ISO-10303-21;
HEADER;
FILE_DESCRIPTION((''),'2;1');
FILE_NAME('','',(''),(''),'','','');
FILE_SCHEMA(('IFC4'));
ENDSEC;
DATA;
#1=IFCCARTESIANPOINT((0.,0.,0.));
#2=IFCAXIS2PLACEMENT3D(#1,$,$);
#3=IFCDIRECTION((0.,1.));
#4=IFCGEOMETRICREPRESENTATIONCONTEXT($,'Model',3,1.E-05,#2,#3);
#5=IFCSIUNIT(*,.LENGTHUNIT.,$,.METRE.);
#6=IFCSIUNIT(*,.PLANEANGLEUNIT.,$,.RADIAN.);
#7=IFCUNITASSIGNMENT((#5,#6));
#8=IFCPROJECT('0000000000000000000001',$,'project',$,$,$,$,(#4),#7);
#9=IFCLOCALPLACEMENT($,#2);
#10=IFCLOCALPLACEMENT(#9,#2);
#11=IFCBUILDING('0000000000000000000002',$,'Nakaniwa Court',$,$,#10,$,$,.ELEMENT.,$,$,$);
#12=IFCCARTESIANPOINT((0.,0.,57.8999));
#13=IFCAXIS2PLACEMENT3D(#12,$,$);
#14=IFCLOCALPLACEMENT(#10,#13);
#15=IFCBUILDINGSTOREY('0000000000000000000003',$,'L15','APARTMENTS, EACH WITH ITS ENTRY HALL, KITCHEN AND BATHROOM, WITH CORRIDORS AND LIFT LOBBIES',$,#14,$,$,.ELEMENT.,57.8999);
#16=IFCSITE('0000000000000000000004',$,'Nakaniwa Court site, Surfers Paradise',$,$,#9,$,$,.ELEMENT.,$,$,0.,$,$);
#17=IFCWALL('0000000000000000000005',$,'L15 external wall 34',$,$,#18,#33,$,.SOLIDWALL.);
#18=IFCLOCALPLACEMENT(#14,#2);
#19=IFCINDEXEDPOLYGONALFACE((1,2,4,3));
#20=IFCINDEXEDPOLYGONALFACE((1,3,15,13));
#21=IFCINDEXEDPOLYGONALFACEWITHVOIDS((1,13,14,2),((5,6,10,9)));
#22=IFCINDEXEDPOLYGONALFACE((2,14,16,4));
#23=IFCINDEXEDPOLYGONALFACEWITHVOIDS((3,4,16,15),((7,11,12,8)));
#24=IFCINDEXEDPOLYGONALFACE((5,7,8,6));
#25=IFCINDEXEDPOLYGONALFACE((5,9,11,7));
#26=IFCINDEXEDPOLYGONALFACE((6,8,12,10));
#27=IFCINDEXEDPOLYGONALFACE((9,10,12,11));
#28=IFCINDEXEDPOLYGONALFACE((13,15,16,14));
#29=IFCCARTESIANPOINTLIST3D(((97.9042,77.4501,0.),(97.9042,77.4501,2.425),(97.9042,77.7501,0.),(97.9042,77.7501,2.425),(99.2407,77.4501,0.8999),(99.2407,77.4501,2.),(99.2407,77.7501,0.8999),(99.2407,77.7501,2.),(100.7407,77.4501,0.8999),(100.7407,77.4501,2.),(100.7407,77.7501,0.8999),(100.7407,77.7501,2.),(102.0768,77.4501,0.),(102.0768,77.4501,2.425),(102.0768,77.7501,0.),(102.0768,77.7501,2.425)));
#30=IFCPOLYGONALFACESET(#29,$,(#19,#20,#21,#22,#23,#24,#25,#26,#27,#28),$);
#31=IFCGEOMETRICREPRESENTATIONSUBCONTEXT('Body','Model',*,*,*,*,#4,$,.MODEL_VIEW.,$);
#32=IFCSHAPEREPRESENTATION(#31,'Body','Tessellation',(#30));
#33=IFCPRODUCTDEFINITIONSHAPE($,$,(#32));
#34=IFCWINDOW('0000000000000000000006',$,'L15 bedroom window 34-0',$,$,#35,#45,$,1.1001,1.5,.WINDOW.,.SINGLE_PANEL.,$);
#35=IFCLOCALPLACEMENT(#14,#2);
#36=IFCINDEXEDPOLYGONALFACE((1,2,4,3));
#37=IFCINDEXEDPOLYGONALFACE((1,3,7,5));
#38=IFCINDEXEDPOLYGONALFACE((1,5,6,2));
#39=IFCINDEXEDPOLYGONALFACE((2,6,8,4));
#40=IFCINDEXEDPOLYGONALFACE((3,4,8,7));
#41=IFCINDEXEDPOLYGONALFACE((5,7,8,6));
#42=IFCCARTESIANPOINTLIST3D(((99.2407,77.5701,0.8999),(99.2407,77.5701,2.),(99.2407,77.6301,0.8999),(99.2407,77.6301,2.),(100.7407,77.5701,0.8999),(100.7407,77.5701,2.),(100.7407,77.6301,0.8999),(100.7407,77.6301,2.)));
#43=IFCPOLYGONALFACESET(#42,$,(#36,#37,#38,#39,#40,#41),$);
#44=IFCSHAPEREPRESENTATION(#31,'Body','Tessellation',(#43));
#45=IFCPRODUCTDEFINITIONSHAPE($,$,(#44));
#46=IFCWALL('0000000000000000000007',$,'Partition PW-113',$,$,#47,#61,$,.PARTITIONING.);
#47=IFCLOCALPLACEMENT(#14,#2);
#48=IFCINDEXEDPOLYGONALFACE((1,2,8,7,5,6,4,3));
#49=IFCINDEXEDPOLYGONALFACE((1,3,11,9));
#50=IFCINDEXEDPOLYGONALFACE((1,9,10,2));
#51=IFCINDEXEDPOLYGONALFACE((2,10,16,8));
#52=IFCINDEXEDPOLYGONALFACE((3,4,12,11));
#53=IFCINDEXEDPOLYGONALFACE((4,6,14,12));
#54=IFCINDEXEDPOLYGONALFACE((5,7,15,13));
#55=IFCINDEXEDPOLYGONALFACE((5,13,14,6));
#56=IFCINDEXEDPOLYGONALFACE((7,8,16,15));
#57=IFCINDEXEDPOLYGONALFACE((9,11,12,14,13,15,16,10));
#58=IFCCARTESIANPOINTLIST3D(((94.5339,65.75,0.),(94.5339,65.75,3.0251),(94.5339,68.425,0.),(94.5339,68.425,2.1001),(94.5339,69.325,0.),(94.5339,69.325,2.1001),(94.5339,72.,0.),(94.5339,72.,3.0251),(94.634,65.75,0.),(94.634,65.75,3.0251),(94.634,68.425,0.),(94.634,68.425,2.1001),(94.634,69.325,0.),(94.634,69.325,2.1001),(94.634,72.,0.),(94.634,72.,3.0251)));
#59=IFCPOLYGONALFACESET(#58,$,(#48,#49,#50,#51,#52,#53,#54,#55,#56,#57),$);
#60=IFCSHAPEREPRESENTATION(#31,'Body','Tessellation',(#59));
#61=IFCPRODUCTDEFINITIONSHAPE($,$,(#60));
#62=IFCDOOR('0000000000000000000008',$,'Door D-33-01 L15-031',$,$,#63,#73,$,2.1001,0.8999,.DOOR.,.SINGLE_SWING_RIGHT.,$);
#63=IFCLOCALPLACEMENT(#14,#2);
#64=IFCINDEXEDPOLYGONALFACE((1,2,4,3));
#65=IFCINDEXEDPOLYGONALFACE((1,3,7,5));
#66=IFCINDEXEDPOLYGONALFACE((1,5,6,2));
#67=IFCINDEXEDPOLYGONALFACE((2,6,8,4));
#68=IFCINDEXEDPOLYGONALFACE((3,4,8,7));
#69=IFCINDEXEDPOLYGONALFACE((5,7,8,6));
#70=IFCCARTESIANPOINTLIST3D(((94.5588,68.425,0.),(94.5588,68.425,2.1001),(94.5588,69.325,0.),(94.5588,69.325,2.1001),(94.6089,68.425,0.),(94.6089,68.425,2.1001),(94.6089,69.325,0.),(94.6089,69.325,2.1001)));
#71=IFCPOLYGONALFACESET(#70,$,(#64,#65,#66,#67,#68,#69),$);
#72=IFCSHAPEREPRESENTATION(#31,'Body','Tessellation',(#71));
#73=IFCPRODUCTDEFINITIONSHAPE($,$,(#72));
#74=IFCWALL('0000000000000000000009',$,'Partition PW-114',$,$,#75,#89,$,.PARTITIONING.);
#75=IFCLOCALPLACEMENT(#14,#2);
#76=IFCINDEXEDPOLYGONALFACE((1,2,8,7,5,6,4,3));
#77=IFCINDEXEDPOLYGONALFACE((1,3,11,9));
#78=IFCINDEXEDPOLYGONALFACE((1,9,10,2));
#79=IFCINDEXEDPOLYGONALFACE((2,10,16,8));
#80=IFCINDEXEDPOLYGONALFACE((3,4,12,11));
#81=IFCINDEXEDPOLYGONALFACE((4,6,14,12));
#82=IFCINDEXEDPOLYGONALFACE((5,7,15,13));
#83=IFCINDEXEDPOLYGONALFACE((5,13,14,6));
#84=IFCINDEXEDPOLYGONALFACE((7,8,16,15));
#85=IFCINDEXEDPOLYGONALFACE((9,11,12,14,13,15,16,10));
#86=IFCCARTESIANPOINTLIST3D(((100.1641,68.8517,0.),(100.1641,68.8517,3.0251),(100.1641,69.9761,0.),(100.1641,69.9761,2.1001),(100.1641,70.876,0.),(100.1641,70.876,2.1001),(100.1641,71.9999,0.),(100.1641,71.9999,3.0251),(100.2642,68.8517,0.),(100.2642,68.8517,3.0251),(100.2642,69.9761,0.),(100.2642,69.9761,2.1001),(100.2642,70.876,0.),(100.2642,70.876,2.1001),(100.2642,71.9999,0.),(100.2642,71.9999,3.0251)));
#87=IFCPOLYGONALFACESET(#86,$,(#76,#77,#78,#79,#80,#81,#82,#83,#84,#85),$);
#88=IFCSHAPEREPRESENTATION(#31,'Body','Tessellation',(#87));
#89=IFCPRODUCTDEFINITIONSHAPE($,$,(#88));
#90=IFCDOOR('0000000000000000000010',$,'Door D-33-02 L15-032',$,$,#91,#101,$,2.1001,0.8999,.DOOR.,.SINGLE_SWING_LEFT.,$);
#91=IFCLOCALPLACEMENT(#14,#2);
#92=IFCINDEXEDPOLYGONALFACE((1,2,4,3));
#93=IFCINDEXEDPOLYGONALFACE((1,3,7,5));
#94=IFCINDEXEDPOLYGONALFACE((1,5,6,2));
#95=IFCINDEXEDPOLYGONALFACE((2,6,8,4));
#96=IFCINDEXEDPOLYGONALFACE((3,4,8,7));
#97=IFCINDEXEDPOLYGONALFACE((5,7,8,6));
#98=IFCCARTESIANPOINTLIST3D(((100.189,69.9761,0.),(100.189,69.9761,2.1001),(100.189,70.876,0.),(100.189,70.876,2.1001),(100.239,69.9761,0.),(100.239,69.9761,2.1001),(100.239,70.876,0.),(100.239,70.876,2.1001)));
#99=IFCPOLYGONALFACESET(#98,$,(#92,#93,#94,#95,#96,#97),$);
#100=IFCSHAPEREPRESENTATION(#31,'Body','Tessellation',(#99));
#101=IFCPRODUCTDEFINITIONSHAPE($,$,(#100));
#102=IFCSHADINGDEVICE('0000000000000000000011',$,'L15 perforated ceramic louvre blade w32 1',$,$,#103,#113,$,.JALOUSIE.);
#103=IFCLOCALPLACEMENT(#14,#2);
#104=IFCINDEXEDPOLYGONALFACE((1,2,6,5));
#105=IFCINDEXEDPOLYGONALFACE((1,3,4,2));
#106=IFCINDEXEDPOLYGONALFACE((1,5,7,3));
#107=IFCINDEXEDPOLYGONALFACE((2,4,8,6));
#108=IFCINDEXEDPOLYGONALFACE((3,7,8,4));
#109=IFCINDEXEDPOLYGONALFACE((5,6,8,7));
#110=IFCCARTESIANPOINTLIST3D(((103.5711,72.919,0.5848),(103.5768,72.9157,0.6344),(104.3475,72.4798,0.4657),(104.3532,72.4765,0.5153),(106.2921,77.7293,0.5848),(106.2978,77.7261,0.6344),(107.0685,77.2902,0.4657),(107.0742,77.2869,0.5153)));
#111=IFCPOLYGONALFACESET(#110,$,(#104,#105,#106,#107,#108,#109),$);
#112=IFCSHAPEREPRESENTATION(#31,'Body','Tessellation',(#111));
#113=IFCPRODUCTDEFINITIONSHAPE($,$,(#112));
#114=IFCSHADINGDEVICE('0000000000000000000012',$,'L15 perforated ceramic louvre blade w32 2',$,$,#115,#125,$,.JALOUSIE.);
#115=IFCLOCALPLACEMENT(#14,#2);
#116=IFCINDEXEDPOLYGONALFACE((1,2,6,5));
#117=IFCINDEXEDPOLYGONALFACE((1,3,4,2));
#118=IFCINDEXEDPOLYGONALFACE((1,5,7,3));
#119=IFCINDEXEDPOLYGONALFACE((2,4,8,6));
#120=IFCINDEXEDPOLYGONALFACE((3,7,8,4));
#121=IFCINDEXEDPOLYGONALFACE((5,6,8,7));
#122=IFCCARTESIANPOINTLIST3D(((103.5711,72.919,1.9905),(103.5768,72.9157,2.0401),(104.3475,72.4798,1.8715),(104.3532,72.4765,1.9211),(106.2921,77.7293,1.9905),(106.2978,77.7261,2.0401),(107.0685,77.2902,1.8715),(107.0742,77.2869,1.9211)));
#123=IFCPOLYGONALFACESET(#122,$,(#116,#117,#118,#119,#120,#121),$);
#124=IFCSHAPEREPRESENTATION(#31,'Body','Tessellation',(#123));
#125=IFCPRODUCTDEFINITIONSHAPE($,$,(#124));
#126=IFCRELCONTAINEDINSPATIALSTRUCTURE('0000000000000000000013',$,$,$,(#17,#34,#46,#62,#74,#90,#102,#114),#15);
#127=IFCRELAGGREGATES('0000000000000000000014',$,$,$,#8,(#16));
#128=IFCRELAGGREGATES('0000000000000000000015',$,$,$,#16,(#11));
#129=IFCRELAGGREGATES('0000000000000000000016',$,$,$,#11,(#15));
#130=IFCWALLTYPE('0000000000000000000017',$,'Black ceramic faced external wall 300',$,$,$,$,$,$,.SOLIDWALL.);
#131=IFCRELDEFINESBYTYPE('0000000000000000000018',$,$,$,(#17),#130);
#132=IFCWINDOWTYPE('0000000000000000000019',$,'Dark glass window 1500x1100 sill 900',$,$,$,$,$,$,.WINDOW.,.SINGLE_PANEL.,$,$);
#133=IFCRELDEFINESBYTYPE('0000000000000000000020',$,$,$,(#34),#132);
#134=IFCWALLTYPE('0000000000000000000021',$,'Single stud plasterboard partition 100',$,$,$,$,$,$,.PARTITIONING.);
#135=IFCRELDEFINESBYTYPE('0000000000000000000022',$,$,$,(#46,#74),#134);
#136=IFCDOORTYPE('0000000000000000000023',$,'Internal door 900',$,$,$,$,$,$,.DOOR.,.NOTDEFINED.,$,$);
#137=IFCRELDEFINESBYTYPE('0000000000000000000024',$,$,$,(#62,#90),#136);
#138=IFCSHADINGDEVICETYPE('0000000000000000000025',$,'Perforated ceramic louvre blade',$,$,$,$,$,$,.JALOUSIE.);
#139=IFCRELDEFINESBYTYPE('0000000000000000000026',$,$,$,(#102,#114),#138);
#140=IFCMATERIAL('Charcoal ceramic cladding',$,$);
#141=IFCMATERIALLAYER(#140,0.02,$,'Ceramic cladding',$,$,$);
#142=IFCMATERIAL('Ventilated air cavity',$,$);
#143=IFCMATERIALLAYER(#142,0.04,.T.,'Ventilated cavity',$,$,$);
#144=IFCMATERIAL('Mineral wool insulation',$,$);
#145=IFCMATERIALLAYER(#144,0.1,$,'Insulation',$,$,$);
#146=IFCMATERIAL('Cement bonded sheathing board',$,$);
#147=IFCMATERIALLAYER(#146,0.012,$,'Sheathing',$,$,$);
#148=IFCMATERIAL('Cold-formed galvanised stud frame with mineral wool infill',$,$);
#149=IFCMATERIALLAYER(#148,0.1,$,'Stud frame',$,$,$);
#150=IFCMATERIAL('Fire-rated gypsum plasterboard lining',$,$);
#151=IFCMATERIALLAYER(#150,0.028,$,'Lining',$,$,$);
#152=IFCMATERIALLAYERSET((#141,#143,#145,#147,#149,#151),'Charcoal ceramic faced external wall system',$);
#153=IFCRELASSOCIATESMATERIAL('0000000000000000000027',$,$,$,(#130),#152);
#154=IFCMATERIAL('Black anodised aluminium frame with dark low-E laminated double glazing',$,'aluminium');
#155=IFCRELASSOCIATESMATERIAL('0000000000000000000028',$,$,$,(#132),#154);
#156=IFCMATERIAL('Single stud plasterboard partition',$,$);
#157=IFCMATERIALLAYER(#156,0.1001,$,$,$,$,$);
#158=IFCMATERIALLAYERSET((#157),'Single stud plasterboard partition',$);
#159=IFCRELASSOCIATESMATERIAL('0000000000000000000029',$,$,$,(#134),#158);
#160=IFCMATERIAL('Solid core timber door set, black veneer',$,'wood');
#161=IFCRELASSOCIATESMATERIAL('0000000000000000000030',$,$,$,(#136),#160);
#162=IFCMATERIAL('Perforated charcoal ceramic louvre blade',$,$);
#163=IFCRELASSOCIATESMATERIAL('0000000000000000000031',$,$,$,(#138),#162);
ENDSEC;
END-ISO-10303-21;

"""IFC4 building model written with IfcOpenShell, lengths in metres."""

from ifc_helpers import new_model, si_unit, direction, frame, frame_2d, origin, origin_2d, place, context, subcontext, project, spatial, rectangle, extrude, material, layer, layer_set, material_profile, profile_set, type_object, element, fill, save


model = new_model("IFC4")

# Units and contexts
model_context = context("Model", 3, precision=1e-05, world=origin(), true_north=direction((0.0, 1.0)))
body_context = subcontext(model_context, "Body", "Model", "MODEL_VIEW")
ifc_project = project(units=[si_unit("LENGTHUNIT", "METRE"), si_unit("PLANEANGLEUNIT", "RADIAN")], contexts=[model_context])

# Site, building, storey
site_placement = place(None, origin())
site = spatial("IfcSite", under=ifc_project, at=site_placement, Name="Nakaniwa Court site, Surfers Paradise", CompositionType="ELEMENT", RefElevation=0.0)
building_placement = place(site_placement, origin())
building = spatial("IfcBuilding", under=site, at=building_placement, Name="Nakaniwa Court", CompositionType="ELEMENT")
storey_placement = place(building_placement, frame((0.0, 0.0, 57.8999)))
storey = spatial("IfcBuildingStorey", under=building, at=storey_placement, Name="L15", Description="APARTMENTS, EACH WITH ITS ENTRY HALL, KITCHEN AND BATHROOM, WITH CORRIDORS AND LIFT LOBBIES", CompositionType="ELEMENT", Elevation=57.8999)

# Shared definitions
ifc_material_1 = material(Name="Charcoal ceramic cladding")
ifc_layer_1 = layer(ifc_material_1, 0.02, Name="Ceramic cladding")
ifc_material_2 = material(Name="Ventilated air cavity")
ifc_layer_2 = layer(ifc_material_2, 0.04, ventilated=True, Name="Ventilated cavity")
ifc_material_3 = material(Name="Mineral wool insulation")
ifc_layer_3 = layer(ifc_material_3, 0.1, Name="Insulation")
ifc_material_4 = material(Name="Cement bonded sheathing board")
ifc_layer_4 = layer(ifc_material_4, 0.012, Name="Sheathing")
ifc_material_5 = material(Name="Cold-formed galvanised stud frame with mineral wool infill")
ifc_layer_5 = layer(ifc_material_5, 0.1, Name="Stud frame")
ifc_material_6 = material(Name="Fire-rated gypsum plasterboard lining")
ifc_layer_6 = layer(ifc_material_6, 0.028, Name="Lining")
ifc_layer_set_1 = layer_set([ifc_layer_1, ifc_layer_2, ifc_layer_3, ifc_layer_4, ifc_layer_5, ifc_layer_6], Name="Charcoal ceramic faced external wall system")
wall_type_1 = type_object("IfcWallType", Name="Black ceramic faced external wall 300", PredefinedType="SOLIDWALL", material=ifc_layer_set_1)
ifc_material_7 = material(Name="Black anodised aluminium frame with dark low-E laminated double glazing", Category="aluminium")
window_type = type_object("IfcWindowType", Name="Dark glass window 1500x1100 sill 900", PartitioningType="SINGLE_PANEL", PredefinedType="WINDOW", material=ifc_material_7)

# Wall, opening, window
wall_1_placement = place(storey_placement, frame((102.0769, 77.6001, 0.0), z_axis=(0.0, 0.0, 1.0), x_axis=(-1.0, 0.0, 0.0)))
wall_1 = element("IfcWall", 1, at=wall_1_placement, inside=storey, type_object=wall_type_1, Name="L15 external wall 34", PredefinedType="SOLIDWALL", context=body_context, shape_type="SweptSolid", body=[
    extrude(rectangle(XDim=4.1726, YDim=0.3, at=frame_2d((2.0864, 0.0))), origin(), (0.0, 0.0, 1.0), 2.425),
])
opening_1_placement = place(wall_1_placement, frame((1.3362, 0.0, 0.8999)))
opening_1 = element("IfcOpeningElement", 2, at=opening_1_placement, cuts=wall_1, PredefinedType="OPENING", context=body_context, shape_type="SweptSolid", body=[
    extrude(rectangle(XDim=1.5, YDim=1.1001, at=frame_2d((0.75, 0.55))), frame((0.0, 0.1599, 0.0), z_axis=(0.0, -1.0, 0.0), x_axis=(1.0, 0.0, 0.0)), (0.0, 0.0, 1.0), 0.3201),
])
window_1_placement = place(opening_1_placement, origin())
window_1 = element("IfcWindow", 3, at=window_1_placement, inside=storey, type_object=window_type, Name="L15 bedroom window 34-0", OverallHeight=1.1001, OverallWidth=1.5, PartitioningType="SINGLE_PANEL", PredefinedType="WINDOW", context=body_context, shape_type="SweptSolid", body=[
    extrude(rectangle(XDim=1.5, YDim=1.1001, at=frame_2d((0.75, 0.55))), frame((0.0, 0.03, 0.0), z_axis=(0.0, -1.0, 0.0), x_axis=(1.0, 0.0, 0.0)), (0.0, 0.0, 1.0), 0.0601),
])
fill(opening_1, window_1)

# Walls, openings, doors
ifc_material_8 = material(Name="Single stud plasterboard partition")
ifc_layer_7 = layer(ifc_material_8, 0.1001)
ifc_layer_set_2 = layer_set([ifc_layer_7], Name="Single stud plasterboard partition")
wall_type_2 = type_object("IfcWallType", Name="Single stud plasterboard partition 100", PredefinedType="PARTITIONING", material=ifc_layer_set_2)
wall_2_placement = place(storey_placement, frame((94.584, 72.0, 0.0), z_axis=(0.0, 0.0, 1.0), x_axis=(0.0, -1.0, 0.0)))
wall_2 = element("IfcWall", 4, at=wall_2_placement, inside=storey, type_object=wall_type_2, Name="Partition PW-113", PredefinedType="PARTITIONING", context=body_context, shape_type="SweptSolid", body=[
    extrude(rectangle(XDim=6.25, YDim=0.1001, at=frame_2d((3.125, 0.0))), origin(), (0.0, 0.0, 1.0), 3.0251),
])
opening_2_placement = place(wall_2_placement, frame((2.675, 0.0, 0.0)))
opening_2 = element("IfcOpeningElement", 5, at=opening_2_placement, cuts=wall_2, PredefinedType="OPENING", context=body_context, shape_type="SweptSolid", body=[
    extrude(rectangle(XDim=0.8999, YDim=2.1001, at=frame_2d((0.45, 1.05))), frame((0.0, 0.0601, 0.0), z_axis=(0.0, -1.0, 0.0), x_axis=(1.0, 0.0, 0.0)), (0.0, 0.0, 1.0), 0.1201),
])
ifc_material_9 = material(Name="Solid core timber door set, black veneer", Category="wood")
door_type = type_object("IfcDoorType", Name="Internal door 900", OperationType="NOTDEFINED", PredefinedType="DOOR", material=ifc_material_9)
door_1_placement = place(opening_2_placement, origin())
door_1 = element("IfcDoor", 6, at=door_1_placement, inside=storey, type_object=door_type, Name="Door D-33-01 L15-031", OperationType="SINGLE_SWING_RIGHT", OverallHeight=2.1001, OverallWidth=0.8999, PredefinedType="DOOR", context=body_context, shape_type="SweptSolid", body=[
    extrude(rectangle(XDim=0.8999, YDim=2.1001, at=frame_2d((0.45, 1.05))), frame((0.0, 0.0249, 0.0), z_axis=(0.0, -1.0, 0.0), x_axis=(1.0, 0.0, 0.0)), (0.0, 0.0, 1.0), 0.05),
])
fill(opening_2, door_1)
wall_3_placement = place(storey_placement, frame((100.2141, 72.0, 0.0), z_axis=(0.0, 0.0, 1.0), x_axis=(0.0, -1.0, 0.0)))
wall_3 = element("IfcWall", 7, at=wall_3_placement, inside=storey, type_object=wall_type_2, Name="Partition PW-114", PredefinedType="PARTITIONING", context=body_context, shape_type="SweptSolid", body=[
    extrude(rectangle(XDim=3.1482, YDim=0.1001, at=frame_2d((1.5742, 0.0))), origin(), (0.0, 0.0, 1.0), 3.0251),
])
opening_3_placement = place(wall_3_placement, frame((1.124, 0.0, 0.0)))
opening_3 = element("IfcOpeningElement", 8, at=opening_3_placement, cuts=wall_3, PredefinedType="OPENING", context=body_context, shape_type="SweptSolid", body=[
    extrude(rectangle(XDim=0.8999, YDim=2.1001, at=frame_2d((0.45, 1.05))), frame((0.0, 0.0601, 0.0), z_axis=(0.0, -1.0, 0.0), x_axis=(1.0, 0.0, 0.0)), (0.0, 0.0, 1.0), 0.1201),
])
door_2_placement = place(opening_3_placement, origin())
door_2 = element("IfcDoor", 9, at=door_2_placement, inside=storey, type_object=door_type, Name="Door D-33-02 L15-032", OperationType="SINGLE_SWING_LEFT", OverallHeight=2.1001, OverallWidth=0.8999, PredefinedType="DOOR", context=body_context, shape_type="SweptSolid", body=[
    extrude(rectangle(XDim=0.8999, YDim=2.1001, at=frame_2d((0.45, 1.05))), frame((0.0, 0.0249, 0.0), z_axis=(0.0, -1.0, 0.0), x_axis=(1.0, 0.0, 0.0)), (0.0, 0.0, 1.0), 0.05),
])
fill(opening_3, door_2)

# Shading devices
ifc_material_10 = material(Name="Perforated charcoal ceramic louvre blade")
ifc_material_profile_1 = material_profile(ifc_material_10, rectangle(XDim=0.8999, YDim=0.05, at=origin_2d()), Name="Perforated ceramic louvre blade")
ifc_profile_set_1 = profile_set([ifc_material_profile_1], Name="Perforated charcoal ceramic louvre blade")
shading_device_type = type_object("IfcShadingDeviceType", Name="Perforated ceramic louvre blade", PredefinedType="JALOUSIE", material=ifc_profile_set_1)
for number, where, z_axis, x_axis, name in (
    (10, (103.9622, 72.6978, 0.55), (0.492343, 0.870402, 0.0), (-0.862756, 0.488018, 0.132256), "L15 perforated ceramic louvre blade w32 1"),
    (11, (103.9622, 72.6978, 1.9558), (0.492343, 0.870402, 0.0), (-0.862756, 0.488018, 0.132256), "L15 perforated ceramic louvre blade w32 2"),
):
    element("IfcShadingDevice", number, at=place(storey_placement, frame(where, z_axis=z_axis, x_axis=x_axis)), inside=storey, type_object=shading_device_type, Name=name, PredefinedType="JALOUSIE", context=body_context, shape_type="SweptSolid", body=[
        extrude(rectangle(XDim=0.8999, YDim=0.05, at=origin_2d()), origin(), (0.0, 0.0, 1.0), 5.5266),
    ])

save(model, "model.ifc")
